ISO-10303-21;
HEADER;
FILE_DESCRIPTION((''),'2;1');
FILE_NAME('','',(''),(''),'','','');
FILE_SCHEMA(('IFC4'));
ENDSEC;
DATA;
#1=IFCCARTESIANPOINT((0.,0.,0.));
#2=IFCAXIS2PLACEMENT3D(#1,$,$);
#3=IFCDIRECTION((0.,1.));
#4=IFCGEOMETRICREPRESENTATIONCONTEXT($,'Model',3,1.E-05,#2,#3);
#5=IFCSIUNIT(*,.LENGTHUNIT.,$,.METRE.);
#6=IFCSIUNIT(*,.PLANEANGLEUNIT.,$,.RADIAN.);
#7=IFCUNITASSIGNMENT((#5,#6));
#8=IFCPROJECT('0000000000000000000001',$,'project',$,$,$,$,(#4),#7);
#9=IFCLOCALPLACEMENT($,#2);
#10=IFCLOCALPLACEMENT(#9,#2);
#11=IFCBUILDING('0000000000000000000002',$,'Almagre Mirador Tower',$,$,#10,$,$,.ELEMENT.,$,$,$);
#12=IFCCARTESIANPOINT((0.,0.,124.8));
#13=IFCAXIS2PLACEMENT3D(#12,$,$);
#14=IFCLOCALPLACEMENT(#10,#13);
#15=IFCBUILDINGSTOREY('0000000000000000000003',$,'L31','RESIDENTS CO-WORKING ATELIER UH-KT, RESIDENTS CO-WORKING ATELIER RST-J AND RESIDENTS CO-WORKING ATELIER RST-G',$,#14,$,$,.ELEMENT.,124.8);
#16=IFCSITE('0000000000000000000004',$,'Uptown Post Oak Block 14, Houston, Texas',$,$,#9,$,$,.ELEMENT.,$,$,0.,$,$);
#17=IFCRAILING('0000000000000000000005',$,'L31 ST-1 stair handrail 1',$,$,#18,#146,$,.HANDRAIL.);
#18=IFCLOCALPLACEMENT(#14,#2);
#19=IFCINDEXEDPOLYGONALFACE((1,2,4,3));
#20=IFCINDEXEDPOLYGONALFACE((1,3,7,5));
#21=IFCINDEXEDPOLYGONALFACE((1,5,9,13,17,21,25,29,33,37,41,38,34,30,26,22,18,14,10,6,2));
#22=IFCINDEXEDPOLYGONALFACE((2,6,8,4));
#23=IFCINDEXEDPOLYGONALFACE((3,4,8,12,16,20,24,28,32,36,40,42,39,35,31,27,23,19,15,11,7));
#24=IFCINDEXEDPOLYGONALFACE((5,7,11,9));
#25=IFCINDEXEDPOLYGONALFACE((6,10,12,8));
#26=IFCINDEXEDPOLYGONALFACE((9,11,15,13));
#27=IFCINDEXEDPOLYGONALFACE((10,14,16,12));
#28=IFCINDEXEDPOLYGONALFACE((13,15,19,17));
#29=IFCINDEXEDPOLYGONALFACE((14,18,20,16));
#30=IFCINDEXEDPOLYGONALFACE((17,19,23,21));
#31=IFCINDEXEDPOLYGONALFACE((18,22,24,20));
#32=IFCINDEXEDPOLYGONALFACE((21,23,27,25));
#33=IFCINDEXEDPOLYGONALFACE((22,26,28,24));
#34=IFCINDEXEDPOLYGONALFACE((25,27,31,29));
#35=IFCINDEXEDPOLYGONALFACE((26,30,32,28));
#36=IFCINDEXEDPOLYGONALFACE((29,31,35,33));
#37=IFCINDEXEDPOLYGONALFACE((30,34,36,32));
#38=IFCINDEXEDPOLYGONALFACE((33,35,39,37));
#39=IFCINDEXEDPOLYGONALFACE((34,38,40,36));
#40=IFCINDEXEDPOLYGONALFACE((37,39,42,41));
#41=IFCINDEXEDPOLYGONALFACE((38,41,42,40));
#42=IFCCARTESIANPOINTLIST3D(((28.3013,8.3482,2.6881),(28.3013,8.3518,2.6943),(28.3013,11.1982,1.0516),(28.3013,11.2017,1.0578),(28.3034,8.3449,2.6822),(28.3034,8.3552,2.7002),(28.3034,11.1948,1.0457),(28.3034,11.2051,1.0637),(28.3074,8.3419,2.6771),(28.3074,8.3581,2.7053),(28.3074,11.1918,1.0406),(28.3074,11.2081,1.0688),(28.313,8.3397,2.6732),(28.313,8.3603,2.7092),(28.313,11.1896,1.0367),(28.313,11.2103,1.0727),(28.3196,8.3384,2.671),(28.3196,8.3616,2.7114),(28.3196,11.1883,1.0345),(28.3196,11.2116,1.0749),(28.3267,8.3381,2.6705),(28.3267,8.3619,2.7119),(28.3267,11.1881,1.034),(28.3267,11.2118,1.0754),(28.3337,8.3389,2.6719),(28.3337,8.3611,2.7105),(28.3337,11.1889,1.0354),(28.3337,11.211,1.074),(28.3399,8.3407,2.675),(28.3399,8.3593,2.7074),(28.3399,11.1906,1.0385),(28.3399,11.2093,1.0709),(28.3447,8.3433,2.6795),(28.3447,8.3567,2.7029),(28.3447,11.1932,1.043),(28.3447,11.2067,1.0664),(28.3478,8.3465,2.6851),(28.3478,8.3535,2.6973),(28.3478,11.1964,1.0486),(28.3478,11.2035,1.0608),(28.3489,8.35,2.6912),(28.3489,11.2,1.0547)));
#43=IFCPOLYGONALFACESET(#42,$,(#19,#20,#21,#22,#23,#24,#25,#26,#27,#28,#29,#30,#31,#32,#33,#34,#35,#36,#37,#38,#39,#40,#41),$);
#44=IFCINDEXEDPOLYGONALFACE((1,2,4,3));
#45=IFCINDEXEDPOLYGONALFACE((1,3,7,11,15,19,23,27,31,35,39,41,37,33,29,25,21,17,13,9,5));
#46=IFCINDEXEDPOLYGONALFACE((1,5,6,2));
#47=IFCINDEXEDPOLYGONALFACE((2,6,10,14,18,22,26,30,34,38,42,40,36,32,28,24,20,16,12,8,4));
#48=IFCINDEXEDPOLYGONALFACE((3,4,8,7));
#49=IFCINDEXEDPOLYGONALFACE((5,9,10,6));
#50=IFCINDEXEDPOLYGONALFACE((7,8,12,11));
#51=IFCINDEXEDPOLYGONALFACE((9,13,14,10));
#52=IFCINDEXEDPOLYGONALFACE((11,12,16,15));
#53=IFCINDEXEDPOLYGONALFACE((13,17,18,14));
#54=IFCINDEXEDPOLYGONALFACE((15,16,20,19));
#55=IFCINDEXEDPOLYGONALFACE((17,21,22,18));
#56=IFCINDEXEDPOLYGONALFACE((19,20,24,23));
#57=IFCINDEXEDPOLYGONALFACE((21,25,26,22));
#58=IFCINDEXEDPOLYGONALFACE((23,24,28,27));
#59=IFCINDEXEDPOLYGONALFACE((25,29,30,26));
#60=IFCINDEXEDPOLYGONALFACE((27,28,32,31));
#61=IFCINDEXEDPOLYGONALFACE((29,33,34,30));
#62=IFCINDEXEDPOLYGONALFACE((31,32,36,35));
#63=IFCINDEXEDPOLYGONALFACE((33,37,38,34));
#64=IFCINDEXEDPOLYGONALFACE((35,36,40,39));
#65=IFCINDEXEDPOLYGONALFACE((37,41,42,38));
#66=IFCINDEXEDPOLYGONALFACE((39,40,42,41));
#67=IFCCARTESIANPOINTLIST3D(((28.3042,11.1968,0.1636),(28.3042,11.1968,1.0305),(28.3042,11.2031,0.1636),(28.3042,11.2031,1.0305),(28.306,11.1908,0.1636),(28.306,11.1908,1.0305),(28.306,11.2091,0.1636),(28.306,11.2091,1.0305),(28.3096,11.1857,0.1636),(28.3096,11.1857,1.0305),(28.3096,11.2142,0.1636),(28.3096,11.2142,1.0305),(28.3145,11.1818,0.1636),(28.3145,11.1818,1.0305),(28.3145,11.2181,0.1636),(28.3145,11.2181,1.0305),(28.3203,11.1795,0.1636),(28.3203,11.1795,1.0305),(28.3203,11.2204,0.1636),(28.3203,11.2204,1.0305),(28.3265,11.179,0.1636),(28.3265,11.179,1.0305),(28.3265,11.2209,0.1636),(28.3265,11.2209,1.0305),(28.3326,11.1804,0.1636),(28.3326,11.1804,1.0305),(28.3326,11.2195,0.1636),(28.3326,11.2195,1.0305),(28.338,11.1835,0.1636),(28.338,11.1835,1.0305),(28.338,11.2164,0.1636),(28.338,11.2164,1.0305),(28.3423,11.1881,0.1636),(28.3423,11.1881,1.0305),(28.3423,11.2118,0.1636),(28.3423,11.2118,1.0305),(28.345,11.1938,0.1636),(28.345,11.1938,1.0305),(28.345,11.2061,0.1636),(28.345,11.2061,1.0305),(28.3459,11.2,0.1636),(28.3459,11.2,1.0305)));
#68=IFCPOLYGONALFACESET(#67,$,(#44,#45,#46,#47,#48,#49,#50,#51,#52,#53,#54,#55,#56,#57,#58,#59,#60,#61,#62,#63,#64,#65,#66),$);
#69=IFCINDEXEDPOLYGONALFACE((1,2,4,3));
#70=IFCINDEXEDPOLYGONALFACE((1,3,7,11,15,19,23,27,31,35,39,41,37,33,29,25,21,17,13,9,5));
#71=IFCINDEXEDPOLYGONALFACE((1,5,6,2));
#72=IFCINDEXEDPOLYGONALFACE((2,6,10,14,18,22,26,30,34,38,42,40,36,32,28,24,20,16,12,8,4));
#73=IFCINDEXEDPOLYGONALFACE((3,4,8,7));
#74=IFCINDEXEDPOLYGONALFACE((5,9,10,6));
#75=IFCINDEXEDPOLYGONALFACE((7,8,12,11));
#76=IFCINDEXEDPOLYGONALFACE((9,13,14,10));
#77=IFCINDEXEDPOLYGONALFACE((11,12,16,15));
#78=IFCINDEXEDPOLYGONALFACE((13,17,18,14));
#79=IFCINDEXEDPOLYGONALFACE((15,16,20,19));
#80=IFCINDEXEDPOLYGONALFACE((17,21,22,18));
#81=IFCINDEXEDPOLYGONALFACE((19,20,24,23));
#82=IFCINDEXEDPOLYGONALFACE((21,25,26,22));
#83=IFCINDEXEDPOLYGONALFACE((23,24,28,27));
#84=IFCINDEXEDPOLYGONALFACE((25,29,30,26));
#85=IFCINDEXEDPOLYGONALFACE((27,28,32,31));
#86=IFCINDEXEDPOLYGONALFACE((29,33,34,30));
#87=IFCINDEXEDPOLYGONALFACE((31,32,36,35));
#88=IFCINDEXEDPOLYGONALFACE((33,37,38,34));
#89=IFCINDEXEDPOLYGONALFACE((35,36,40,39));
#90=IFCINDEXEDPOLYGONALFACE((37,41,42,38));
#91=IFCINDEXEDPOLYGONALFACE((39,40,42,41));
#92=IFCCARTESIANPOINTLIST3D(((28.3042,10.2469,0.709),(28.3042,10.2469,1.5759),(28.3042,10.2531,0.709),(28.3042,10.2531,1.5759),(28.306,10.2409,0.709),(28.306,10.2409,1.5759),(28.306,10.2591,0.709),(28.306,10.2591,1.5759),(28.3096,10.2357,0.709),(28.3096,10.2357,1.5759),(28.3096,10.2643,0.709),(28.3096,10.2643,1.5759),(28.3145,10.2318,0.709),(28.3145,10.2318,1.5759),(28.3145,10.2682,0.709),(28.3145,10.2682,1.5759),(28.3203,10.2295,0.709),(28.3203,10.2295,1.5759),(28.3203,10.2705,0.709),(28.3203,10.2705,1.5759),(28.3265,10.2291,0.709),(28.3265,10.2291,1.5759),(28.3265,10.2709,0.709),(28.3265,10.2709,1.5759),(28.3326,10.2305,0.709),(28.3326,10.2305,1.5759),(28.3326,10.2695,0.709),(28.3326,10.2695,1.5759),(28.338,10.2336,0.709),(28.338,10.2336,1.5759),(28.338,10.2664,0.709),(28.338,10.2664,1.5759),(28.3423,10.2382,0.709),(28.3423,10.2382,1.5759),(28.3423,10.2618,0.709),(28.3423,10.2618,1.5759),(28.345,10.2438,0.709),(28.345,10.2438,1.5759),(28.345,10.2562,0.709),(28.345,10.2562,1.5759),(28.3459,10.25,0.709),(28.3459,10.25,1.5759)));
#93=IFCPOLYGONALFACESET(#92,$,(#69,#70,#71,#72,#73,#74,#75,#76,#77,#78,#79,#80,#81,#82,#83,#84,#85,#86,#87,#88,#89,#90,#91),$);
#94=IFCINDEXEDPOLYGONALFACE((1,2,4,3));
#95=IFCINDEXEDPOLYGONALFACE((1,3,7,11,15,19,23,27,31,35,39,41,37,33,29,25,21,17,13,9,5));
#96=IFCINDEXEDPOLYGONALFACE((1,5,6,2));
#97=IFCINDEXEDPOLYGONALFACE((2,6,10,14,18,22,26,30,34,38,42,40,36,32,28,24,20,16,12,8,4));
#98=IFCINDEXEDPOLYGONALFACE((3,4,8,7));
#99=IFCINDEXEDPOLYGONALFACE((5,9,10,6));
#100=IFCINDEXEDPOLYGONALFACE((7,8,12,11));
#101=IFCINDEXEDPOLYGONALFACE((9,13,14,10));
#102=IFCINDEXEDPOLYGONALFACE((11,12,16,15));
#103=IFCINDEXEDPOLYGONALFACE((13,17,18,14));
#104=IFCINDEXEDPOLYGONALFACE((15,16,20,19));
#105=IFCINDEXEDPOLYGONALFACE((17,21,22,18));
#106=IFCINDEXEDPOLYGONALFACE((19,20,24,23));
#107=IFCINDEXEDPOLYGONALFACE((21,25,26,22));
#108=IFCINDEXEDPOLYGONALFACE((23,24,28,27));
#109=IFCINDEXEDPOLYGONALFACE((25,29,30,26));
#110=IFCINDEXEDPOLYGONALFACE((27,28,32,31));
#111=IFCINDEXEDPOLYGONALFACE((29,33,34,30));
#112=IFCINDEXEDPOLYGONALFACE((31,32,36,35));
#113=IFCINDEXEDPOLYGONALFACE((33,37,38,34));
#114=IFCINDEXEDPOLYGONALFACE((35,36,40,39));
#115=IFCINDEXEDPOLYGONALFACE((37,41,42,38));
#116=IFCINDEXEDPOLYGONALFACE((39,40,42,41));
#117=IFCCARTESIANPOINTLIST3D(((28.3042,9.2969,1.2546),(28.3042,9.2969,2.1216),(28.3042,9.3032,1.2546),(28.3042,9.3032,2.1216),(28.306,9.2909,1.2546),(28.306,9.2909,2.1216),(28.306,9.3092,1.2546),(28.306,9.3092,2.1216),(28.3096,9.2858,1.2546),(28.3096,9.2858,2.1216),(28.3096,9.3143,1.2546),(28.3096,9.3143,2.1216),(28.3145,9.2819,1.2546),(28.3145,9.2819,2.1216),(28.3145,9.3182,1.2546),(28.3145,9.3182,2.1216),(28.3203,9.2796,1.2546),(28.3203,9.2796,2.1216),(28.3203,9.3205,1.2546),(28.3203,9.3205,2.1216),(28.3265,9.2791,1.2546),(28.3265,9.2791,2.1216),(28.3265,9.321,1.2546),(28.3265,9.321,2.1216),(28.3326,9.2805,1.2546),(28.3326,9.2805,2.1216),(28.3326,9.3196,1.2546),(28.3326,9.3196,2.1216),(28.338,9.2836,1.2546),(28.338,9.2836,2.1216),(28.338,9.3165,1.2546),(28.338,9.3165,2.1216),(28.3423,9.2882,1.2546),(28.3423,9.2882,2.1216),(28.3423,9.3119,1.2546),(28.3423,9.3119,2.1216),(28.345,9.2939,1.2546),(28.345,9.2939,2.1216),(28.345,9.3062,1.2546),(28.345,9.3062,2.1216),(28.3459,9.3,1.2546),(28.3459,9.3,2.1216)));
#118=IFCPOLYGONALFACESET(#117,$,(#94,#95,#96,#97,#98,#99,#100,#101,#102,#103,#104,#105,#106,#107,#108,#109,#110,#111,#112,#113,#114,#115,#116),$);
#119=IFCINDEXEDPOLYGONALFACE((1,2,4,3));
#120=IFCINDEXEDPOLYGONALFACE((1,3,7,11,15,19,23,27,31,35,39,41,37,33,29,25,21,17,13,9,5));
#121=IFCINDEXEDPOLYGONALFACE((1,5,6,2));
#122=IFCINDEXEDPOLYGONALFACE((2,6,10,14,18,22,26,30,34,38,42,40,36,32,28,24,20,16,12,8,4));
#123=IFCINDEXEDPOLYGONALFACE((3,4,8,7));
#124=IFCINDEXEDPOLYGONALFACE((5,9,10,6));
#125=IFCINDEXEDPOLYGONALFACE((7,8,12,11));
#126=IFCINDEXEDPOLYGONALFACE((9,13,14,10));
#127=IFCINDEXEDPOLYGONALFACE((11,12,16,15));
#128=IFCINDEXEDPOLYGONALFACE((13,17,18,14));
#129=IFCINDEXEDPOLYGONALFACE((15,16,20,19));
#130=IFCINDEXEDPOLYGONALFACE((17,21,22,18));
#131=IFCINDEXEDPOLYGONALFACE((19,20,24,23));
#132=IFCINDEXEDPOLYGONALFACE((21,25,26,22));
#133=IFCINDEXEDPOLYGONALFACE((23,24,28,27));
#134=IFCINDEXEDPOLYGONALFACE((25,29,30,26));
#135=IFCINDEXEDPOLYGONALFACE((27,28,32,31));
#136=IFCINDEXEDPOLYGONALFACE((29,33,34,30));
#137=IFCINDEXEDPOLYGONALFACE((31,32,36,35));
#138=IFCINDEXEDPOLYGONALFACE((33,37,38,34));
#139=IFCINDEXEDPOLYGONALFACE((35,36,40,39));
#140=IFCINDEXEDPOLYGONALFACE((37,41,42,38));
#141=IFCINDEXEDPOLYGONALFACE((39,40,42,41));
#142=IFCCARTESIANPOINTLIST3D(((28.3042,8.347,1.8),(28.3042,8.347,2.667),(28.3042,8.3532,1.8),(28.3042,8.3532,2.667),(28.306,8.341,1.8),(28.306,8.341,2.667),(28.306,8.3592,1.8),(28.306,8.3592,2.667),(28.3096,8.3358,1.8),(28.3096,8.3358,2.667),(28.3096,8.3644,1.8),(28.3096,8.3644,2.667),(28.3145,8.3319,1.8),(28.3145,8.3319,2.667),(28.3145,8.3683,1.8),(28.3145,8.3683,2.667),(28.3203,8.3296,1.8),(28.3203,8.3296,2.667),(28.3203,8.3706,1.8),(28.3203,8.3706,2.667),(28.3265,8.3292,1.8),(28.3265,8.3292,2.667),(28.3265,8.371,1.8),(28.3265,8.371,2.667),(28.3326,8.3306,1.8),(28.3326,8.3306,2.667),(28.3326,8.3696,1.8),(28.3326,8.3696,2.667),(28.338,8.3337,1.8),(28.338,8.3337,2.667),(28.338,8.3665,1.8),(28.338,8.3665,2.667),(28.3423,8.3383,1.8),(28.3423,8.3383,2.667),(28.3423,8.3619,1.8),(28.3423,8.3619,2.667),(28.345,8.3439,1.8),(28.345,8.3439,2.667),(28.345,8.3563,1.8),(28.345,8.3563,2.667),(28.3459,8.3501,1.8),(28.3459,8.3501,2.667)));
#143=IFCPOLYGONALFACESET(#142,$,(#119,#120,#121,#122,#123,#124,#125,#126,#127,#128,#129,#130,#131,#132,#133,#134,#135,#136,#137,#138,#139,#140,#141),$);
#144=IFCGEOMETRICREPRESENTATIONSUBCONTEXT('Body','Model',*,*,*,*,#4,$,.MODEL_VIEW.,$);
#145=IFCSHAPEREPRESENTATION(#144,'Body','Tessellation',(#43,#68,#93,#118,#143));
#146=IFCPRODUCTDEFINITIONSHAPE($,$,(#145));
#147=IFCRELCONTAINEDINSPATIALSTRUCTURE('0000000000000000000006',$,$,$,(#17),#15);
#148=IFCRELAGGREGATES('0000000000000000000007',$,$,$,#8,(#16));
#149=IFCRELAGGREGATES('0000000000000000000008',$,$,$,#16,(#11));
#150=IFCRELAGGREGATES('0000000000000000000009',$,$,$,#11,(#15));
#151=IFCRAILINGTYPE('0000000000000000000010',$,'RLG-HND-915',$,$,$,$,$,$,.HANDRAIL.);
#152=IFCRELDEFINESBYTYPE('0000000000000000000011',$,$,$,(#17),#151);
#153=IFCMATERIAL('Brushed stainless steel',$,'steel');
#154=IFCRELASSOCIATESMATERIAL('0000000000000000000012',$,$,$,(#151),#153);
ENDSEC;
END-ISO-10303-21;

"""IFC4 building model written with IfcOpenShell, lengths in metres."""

from ifc_helpers import new_model, si_unit, direction, frame, origin, origin_2d, place, context, subcontext, project, spatial, circle, extrude, material, type_object, element, save


model = new_model("IFC4")

# Units and contexts
model_context = context("Model", 3, precision=1e-05, world=origin(), true_north=direction((0.0, 1.0)))
body_context = subcontext(model_context, "Body", "Model", "MODEL_VIEW")
ifc_project = project(units=[si_unit("LENGTHUNIT", "METRE"), si_unit("PLANEANGLEUNIT", "RADIAN")], contexts=[model_context])

# Site, building, storey
site_placement = place(None, origin())
site = spatial("IfcSite", under=ifc_project, at=site_placement, Name="Uptown Post Oak Block 14, Houston, Texas", CompositionType="ELEMENT", RefElevation=0.0)
building_placement = place(site_placement, origin())
building = spatial("IfcBuilding", under=site, at=building_placement, Name="Almagre Mirador Tower", CompositionType="ELEMENT")
storey_placement = place(building_placement, frame((0.0, 0.0, 124.8)))
storey = spatial("IfcBuildingStorey", under=building, at=storey_placement, Name="L31", Description="RESIDENTS CO-WORKING ATELIER UH-KT, RESIDENTS CO-WORKING ATELIER RST-J AND RESIDENTS CO-WORKING ATELIER RST-G", CompositionType="ELEMENT", Elevation=124.8)

# Railing
ifc_material_1 = material(Name="Brushed stainless steel", Category="steel")
railing_type_1 = type_object("IfcRailingType", Name="RLG-HND-915", PredefinedType="HANDRAIL", material=ifc_material_1)
railing_1_placement = place(storey_placement, frame((28.325, 11.2, 0.1636)))
element("IfcRailing", 1, at=railing_1_placement, inside=storey, type_object=railing_type_1, Name="L31 ST-1 stair handrail 1", PredefinedType="HANDRAIL", context=body_context, shape_type="SweptSolid", body=[
    extrude(circle(Radius=0.0239, at=origin_2d()), frame((0.0, 0.0, 0.8911), z_axis=(0.0, -0.867194, 0.49797), x_axis=(1.0, 0.0, 0.0)), (0.0, 0.0, 1.0), 3.2864),
    extrude(circle(Radius=0.021, at=origin_2d()), origin(), (0.0, 0.0, 1.0), 0.8669),
    extrude(circle(Radius=0.021, at=origin_2d()), frame((0.0, -0.95, 0.5454)), (0.0, 0.0, 1.0), 0.8669),
    extrude(circle(Radius=0.021, at=origin_2d()), frame((0.0, -1.8999, 1.0911)), (0.0, 0.0, 1.0), 0.8669),
    extrude(circle(Radius=0.021, at=origin_2d()), frame((0.0, -2.8499, 1.6365)), (0.0, 0.0, 1.0), 0.8669),
])

save(model, "model.ifc")
